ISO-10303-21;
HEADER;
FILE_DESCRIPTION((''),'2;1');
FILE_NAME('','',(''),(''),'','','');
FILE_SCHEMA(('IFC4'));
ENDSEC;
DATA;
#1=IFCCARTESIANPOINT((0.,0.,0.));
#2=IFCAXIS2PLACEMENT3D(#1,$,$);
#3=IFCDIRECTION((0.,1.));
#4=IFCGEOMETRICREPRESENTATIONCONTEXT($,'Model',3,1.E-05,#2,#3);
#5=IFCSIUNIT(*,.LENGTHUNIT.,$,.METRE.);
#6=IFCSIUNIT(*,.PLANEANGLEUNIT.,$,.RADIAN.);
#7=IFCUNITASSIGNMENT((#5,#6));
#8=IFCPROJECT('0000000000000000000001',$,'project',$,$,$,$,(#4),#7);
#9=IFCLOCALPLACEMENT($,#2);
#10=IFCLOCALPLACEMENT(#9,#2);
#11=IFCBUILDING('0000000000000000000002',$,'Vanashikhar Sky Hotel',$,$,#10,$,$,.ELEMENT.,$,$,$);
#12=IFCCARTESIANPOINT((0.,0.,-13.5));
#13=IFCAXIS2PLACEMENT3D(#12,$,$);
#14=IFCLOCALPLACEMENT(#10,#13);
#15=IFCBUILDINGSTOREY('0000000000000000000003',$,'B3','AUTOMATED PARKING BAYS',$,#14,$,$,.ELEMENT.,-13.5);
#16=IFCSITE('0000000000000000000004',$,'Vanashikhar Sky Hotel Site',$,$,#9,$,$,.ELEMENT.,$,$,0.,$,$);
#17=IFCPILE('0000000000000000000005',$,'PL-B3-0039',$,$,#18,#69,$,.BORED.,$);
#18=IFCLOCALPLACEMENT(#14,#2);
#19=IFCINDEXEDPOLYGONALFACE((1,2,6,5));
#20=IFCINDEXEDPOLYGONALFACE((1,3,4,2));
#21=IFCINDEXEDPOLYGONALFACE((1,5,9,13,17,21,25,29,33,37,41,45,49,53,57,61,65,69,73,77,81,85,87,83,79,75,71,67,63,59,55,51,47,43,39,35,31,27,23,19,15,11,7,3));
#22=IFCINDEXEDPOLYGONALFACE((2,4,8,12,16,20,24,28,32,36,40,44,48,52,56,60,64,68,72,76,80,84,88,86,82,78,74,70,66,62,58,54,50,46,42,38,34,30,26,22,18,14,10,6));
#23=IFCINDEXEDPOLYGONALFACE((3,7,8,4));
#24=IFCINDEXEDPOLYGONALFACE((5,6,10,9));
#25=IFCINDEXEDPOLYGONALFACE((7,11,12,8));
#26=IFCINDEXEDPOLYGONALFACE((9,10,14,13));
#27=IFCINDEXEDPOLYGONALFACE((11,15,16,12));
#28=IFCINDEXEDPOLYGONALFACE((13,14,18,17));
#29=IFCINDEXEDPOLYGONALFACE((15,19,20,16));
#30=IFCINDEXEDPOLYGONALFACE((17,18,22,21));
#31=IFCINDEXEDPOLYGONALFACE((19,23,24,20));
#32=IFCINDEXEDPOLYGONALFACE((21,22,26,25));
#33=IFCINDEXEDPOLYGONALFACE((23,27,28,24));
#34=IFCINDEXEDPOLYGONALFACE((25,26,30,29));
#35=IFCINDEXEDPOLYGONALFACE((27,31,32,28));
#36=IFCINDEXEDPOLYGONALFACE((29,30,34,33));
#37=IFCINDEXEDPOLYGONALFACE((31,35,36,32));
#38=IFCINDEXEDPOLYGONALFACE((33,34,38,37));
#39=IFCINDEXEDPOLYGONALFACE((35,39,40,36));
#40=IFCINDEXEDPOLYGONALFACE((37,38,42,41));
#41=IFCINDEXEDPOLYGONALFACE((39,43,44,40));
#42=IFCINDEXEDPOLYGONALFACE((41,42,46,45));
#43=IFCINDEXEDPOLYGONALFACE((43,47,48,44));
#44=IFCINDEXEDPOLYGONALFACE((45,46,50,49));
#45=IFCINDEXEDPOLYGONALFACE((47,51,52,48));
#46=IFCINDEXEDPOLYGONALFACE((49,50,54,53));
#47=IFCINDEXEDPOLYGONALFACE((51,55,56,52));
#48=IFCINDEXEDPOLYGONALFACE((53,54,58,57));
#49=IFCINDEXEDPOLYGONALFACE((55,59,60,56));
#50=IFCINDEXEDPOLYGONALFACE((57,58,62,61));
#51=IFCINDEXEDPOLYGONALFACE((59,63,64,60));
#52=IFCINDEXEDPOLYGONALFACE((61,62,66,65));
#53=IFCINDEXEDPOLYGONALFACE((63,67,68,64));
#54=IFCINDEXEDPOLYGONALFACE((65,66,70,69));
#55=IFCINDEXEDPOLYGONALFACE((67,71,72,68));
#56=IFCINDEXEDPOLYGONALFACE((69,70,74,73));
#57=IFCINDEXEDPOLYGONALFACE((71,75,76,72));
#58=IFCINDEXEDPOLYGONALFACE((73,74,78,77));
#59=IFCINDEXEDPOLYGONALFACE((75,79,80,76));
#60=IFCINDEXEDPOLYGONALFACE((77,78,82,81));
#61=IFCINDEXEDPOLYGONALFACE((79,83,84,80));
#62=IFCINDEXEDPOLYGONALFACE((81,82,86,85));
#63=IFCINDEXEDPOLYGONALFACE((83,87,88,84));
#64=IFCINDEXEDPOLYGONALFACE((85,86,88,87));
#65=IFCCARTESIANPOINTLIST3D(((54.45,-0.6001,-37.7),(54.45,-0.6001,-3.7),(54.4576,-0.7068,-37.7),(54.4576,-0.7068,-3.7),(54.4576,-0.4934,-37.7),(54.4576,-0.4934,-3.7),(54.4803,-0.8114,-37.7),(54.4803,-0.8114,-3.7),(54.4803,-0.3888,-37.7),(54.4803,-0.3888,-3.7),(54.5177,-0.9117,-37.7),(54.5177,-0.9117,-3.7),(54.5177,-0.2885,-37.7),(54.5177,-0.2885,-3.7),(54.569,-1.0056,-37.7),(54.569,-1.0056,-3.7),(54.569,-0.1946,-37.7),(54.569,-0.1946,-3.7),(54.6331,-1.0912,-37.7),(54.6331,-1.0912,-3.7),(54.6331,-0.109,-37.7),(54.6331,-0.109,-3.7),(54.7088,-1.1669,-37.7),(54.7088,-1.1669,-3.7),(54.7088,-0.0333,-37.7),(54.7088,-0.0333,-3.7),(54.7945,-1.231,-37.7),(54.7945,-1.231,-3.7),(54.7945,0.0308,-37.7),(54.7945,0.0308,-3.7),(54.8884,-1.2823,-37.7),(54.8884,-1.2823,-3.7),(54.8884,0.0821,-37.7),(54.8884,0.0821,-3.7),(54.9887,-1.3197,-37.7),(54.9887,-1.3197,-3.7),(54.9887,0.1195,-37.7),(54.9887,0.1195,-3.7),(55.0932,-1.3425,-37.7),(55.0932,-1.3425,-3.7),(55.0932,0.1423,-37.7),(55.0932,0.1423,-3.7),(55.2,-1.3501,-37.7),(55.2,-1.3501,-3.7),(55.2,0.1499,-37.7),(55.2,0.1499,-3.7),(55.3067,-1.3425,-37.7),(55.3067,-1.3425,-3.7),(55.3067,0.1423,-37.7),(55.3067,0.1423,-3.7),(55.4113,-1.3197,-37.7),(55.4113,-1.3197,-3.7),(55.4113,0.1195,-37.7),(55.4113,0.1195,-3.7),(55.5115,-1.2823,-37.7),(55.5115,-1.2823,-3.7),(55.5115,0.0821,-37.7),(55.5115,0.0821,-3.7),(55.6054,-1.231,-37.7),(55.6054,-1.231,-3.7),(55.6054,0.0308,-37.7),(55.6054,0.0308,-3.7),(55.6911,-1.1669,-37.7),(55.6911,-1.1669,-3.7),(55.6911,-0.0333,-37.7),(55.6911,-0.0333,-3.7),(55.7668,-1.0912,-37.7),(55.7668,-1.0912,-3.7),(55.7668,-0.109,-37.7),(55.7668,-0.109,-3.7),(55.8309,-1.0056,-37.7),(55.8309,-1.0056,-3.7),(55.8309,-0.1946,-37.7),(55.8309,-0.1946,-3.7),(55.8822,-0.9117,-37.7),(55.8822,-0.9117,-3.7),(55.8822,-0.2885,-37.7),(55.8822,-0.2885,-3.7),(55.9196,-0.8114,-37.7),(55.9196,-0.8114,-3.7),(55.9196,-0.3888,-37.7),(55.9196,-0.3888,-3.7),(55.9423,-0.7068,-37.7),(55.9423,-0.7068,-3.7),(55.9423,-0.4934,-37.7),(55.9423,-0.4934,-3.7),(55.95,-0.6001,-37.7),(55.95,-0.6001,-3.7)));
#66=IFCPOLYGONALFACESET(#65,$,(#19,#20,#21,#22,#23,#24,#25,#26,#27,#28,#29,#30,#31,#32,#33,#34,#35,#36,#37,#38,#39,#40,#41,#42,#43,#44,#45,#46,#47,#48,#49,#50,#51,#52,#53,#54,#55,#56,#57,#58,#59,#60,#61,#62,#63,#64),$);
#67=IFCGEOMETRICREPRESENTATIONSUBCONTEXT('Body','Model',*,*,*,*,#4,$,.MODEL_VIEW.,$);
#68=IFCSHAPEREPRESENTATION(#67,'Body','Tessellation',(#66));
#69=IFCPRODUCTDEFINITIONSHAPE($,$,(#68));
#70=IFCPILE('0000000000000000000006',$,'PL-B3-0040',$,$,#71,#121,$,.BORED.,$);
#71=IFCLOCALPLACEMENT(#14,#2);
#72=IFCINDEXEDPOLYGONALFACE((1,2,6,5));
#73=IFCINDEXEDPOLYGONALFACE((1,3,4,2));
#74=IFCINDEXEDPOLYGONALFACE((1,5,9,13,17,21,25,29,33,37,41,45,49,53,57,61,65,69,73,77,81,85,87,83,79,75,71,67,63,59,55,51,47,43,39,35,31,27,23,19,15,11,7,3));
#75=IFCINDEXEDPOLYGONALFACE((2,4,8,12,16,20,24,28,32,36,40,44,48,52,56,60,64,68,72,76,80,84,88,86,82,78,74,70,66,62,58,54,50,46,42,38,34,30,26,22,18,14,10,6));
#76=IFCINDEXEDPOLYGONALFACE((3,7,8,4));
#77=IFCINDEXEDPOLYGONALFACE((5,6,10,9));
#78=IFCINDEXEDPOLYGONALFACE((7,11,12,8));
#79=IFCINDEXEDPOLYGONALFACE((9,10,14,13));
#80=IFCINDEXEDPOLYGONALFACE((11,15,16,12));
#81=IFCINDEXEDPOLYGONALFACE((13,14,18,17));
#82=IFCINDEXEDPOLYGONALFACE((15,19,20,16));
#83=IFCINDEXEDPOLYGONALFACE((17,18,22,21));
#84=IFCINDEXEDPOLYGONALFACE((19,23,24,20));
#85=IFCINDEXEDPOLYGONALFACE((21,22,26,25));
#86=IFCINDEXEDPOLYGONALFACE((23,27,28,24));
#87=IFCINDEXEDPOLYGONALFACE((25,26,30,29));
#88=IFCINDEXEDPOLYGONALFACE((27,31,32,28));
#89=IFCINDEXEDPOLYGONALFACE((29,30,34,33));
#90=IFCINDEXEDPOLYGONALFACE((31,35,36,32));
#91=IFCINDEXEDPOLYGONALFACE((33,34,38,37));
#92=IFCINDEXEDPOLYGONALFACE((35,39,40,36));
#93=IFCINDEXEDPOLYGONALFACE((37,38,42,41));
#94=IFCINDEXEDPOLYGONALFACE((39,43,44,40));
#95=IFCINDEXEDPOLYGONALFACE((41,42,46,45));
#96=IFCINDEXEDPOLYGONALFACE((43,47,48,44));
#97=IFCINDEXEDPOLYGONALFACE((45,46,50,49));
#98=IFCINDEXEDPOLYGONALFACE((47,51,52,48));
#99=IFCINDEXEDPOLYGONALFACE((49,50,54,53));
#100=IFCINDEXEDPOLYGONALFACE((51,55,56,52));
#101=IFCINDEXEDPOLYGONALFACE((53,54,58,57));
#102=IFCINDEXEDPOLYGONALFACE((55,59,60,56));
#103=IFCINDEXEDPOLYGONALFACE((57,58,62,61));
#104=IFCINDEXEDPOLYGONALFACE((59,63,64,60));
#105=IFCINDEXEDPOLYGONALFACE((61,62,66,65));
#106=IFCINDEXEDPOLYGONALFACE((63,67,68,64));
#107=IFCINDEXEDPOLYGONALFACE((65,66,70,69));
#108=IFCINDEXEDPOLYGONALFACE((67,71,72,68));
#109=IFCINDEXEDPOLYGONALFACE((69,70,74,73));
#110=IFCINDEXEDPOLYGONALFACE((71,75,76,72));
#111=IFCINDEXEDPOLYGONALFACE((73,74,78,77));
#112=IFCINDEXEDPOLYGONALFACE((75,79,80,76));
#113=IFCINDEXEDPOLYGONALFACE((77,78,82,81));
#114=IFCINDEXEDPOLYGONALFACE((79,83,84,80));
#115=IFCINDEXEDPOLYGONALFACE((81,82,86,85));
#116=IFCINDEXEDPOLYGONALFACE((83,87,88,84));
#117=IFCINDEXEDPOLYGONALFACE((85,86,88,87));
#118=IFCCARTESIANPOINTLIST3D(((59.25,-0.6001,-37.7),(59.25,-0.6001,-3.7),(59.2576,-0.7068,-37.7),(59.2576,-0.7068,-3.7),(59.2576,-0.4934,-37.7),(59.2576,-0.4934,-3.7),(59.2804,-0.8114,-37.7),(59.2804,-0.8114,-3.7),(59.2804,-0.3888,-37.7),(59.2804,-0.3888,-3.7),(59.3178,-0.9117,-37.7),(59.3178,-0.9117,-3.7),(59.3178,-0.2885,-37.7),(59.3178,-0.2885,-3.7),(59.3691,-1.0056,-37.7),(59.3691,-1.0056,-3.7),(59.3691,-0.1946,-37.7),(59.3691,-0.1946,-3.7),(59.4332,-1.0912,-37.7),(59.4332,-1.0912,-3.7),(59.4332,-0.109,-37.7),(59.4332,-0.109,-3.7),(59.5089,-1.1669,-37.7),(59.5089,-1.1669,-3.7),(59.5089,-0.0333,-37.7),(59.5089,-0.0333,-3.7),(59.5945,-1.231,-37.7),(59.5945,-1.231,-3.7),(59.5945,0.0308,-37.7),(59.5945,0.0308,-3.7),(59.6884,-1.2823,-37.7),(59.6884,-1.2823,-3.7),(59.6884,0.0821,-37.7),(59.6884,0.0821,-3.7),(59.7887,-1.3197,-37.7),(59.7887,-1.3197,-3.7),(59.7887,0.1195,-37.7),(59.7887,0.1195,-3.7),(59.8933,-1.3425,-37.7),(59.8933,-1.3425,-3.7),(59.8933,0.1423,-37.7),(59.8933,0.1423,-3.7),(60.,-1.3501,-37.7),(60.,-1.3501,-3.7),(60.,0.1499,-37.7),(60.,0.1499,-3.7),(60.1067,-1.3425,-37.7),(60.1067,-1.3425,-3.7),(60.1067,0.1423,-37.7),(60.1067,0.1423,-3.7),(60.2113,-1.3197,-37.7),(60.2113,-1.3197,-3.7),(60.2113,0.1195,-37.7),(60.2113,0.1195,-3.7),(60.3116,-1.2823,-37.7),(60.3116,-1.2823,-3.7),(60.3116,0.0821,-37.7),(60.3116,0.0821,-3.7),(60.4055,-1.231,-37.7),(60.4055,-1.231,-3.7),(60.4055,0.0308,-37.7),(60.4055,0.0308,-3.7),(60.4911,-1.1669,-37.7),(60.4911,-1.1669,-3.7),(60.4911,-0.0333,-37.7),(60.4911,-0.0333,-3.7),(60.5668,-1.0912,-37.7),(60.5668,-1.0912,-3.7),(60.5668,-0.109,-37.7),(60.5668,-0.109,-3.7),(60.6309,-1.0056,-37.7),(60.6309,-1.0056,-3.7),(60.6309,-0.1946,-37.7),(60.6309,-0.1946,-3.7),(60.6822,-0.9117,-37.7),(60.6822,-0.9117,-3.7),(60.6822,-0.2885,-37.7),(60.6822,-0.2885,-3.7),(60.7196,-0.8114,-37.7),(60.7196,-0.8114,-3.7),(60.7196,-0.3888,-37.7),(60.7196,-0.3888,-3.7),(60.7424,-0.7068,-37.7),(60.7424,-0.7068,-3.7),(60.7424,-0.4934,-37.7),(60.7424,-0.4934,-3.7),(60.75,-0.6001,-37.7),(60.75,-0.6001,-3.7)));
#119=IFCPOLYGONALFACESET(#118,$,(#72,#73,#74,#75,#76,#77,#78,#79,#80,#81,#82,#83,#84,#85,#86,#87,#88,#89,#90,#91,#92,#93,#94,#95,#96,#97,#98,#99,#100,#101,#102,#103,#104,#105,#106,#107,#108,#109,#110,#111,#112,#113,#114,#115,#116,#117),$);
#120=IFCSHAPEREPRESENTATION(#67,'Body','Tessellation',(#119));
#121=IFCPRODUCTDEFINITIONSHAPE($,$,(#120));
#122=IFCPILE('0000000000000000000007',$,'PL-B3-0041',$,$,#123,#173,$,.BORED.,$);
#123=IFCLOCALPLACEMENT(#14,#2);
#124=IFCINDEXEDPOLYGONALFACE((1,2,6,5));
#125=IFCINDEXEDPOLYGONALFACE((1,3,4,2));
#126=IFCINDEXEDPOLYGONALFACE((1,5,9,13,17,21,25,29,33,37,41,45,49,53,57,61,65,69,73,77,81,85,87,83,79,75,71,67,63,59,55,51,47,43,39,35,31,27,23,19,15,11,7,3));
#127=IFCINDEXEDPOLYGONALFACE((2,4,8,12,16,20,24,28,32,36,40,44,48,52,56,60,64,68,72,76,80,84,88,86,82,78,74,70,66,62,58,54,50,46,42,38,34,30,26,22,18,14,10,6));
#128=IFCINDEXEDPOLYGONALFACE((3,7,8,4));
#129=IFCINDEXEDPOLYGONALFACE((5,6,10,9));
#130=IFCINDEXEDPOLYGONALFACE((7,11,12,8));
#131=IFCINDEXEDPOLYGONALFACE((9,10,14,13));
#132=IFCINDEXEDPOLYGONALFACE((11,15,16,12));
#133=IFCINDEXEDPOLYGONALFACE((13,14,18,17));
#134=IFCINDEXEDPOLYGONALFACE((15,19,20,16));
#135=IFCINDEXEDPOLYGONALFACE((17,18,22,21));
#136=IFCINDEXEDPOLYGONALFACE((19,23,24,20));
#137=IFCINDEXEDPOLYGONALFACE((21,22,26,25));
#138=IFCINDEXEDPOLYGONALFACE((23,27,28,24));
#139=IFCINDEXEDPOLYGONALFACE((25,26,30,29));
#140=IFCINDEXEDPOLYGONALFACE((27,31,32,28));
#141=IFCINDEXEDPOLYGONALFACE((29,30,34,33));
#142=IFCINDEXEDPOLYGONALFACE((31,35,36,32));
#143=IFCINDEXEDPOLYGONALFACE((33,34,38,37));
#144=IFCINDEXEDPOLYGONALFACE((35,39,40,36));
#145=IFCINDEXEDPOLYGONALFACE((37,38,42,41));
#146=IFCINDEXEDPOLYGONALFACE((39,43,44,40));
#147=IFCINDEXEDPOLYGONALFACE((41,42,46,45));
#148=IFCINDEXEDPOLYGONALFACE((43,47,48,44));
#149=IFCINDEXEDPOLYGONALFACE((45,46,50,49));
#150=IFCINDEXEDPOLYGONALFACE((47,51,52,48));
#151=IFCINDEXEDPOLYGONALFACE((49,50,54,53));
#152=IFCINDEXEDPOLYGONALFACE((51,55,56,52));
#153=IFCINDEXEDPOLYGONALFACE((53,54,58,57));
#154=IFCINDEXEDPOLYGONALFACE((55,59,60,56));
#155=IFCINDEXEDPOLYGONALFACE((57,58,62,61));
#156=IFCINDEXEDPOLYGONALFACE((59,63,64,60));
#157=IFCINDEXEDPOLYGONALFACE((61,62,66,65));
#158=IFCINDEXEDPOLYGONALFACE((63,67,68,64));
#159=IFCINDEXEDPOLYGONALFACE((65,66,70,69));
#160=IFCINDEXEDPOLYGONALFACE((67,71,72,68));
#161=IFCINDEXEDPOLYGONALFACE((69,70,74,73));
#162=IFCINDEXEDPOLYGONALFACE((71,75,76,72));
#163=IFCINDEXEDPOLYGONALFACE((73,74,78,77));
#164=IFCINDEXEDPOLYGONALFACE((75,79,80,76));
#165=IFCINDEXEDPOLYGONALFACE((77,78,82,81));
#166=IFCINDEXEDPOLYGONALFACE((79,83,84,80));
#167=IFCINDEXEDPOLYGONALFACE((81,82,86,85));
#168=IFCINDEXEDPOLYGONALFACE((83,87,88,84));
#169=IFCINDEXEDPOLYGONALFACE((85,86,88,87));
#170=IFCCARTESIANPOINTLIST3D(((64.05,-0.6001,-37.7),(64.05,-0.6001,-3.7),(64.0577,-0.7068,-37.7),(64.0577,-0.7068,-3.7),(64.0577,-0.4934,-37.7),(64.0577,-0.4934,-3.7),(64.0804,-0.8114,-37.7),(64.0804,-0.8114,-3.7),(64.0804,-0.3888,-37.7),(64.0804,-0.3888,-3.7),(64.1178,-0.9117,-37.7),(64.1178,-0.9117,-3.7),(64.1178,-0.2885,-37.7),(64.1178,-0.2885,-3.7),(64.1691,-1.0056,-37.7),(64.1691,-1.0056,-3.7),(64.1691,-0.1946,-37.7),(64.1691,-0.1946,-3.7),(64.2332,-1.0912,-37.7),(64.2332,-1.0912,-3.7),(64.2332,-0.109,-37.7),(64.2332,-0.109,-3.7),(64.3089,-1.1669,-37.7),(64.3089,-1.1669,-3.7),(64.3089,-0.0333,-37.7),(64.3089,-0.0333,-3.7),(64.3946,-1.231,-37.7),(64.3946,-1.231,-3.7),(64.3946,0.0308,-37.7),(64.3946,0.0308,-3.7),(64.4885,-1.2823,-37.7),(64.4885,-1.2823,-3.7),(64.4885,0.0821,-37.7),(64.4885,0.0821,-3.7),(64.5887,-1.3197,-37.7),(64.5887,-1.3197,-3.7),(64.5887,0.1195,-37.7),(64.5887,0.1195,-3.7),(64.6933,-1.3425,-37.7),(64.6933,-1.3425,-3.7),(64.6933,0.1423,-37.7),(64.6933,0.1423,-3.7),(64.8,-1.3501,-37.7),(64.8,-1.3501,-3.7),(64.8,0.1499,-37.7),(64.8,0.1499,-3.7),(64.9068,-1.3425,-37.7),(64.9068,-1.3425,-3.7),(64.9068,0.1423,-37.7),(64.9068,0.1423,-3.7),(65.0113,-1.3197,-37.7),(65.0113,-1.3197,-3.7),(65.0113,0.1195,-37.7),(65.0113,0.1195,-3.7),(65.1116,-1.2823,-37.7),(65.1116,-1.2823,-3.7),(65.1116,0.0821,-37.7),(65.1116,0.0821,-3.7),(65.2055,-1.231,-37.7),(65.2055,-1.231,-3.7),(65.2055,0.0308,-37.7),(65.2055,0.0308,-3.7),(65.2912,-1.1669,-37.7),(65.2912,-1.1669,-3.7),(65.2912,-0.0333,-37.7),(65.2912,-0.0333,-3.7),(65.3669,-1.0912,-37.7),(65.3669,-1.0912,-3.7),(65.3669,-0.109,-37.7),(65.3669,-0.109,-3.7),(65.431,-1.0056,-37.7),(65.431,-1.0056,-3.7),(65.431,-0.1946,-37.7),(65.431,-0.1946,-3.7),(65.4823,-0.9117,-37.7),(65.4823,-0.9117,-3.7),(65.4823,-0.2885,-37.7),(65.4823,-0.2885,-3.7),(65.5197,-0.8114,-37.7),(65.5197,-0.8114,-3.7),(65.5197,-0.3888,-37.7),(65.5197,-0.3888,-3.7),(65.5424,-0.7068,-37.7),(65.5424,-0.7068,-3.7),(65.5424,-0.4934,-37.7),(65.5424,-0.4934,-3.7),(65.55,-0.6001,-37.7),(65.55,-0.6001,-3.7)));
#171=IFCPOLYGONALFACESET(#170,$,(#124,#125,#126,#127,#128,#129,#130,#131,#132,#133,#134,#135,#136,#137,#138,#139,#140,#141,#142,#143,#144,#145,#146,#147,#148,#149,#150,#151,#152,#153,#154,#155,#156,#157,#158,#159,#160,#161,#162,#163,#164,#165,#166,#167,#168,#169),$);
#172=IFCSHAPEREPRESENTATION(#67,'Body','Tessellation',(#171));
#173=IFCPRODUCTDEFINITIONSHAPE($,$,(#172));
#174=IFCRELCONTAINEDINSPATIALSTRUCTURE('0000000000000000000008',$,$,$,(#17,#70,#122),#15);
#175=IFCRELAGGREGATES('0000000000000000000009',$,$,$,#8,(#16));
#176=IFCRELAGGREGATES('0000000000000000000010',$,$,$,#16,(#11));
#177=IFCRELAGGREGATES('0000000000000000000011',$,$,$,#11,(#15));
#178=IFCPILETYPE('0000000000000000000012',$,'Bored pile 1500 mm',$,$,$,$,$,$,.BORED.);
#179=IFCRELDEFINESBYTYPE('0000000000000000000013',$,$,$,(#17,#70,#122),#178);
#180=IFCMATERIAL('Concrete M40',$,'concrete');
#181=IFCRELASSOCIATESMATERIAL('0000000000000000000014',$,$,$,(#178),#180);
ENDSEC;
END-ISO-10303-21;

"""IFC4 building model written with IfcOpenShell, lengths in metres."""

from ifc_helpers import new_model, si_unit, direction, frame, origin, origin_2d, place, context, subcontext, project, spatial, circle, extrude, source, transform, mapped, material, type_object, element, save


model = new_model("IFC4")

# Units and contexts
model_context = context("Model", 3, precision=1e-05, world=origin(), true_north=direction((0.0, 1.0)))
body_context = subcontext(model_context, "Body", "Model", "MODEL_VIEW")
ifc_project = project(units=[si_unit("LENGTHUNIT", "METRE"), si_unit("PLANEANGLEUNIT", "RADIAN")], contexts=[model_context])

# Site, building, storey
site_placement = place(None, origin())
site = spatial("IfcSite", under=ifc_project, at=site_placement, Name="Vanashikhar Sky Hotel Site", CompositionType="ELEMENT", RefElevation=0.0)
building_placement = place(site_placement, origin())
building = spatial("IfcBuilding", under=site, at=building_placement, Name="Vanashikhar Sky Hotel", CompositionType="ELEMENT")
storey_placement = place(building_placement, frame((0.0, 0.0, -13.5)))
storey = spatial("IfcBuildingStorey", under=building, at=storey_placement, Name="B3", Description="AUTOMATED PARKING BAYS", CompositionType="ELEMENT", Elevation=-13.5)

# Piles
ifc_material_1 = material(Name="Concrete M40", Category="concrete")
pile_type = type_object("IfcPileType", Name="Bored pile 1500 mm", PredefinedType="BORED", material=ifc_material_1)
shared_shape_1 = source(origin(), body_context, "Body", "SweptSolid", [
    extrude(circle(Radius=0.75, at=origin_2d()), origin(), (0.0, 0.0, 1.0), 34.0),
])
for number, where, z_axis, x_axis, name in (
    (1, (55.2, -0.6001, -3.7), (0.0, 0.0, -1.0), (1.0, 0.0, 0.0), "PL-B3-0039"),
    (2, (60.0, -0.6001, -3.7), (0.0, 0.0, -1.0), (1.0, 0.0, 0.0), "PL-B3-0040"),
    (3, (64.8, -0.6001, -3.7), (0.0, 0.0, -1.0), (1.0, 0.0, 0.0), "PL-B3-0041"),
):
    element("IfcPile", number, at=place(storey_placement, frame(where, z_axis=z_axis, x_axis=x_axis)), inside=storey, type_object=pile_type, Name=name, PredefinedType="BORED", context=body_context, shape_type="MappedRepresentation", body=[
        mapped(shared_shape_1, transform((0.0, 0.0, 0.0), scale=1.0)),
    ])

save(model, "model.ifc")
